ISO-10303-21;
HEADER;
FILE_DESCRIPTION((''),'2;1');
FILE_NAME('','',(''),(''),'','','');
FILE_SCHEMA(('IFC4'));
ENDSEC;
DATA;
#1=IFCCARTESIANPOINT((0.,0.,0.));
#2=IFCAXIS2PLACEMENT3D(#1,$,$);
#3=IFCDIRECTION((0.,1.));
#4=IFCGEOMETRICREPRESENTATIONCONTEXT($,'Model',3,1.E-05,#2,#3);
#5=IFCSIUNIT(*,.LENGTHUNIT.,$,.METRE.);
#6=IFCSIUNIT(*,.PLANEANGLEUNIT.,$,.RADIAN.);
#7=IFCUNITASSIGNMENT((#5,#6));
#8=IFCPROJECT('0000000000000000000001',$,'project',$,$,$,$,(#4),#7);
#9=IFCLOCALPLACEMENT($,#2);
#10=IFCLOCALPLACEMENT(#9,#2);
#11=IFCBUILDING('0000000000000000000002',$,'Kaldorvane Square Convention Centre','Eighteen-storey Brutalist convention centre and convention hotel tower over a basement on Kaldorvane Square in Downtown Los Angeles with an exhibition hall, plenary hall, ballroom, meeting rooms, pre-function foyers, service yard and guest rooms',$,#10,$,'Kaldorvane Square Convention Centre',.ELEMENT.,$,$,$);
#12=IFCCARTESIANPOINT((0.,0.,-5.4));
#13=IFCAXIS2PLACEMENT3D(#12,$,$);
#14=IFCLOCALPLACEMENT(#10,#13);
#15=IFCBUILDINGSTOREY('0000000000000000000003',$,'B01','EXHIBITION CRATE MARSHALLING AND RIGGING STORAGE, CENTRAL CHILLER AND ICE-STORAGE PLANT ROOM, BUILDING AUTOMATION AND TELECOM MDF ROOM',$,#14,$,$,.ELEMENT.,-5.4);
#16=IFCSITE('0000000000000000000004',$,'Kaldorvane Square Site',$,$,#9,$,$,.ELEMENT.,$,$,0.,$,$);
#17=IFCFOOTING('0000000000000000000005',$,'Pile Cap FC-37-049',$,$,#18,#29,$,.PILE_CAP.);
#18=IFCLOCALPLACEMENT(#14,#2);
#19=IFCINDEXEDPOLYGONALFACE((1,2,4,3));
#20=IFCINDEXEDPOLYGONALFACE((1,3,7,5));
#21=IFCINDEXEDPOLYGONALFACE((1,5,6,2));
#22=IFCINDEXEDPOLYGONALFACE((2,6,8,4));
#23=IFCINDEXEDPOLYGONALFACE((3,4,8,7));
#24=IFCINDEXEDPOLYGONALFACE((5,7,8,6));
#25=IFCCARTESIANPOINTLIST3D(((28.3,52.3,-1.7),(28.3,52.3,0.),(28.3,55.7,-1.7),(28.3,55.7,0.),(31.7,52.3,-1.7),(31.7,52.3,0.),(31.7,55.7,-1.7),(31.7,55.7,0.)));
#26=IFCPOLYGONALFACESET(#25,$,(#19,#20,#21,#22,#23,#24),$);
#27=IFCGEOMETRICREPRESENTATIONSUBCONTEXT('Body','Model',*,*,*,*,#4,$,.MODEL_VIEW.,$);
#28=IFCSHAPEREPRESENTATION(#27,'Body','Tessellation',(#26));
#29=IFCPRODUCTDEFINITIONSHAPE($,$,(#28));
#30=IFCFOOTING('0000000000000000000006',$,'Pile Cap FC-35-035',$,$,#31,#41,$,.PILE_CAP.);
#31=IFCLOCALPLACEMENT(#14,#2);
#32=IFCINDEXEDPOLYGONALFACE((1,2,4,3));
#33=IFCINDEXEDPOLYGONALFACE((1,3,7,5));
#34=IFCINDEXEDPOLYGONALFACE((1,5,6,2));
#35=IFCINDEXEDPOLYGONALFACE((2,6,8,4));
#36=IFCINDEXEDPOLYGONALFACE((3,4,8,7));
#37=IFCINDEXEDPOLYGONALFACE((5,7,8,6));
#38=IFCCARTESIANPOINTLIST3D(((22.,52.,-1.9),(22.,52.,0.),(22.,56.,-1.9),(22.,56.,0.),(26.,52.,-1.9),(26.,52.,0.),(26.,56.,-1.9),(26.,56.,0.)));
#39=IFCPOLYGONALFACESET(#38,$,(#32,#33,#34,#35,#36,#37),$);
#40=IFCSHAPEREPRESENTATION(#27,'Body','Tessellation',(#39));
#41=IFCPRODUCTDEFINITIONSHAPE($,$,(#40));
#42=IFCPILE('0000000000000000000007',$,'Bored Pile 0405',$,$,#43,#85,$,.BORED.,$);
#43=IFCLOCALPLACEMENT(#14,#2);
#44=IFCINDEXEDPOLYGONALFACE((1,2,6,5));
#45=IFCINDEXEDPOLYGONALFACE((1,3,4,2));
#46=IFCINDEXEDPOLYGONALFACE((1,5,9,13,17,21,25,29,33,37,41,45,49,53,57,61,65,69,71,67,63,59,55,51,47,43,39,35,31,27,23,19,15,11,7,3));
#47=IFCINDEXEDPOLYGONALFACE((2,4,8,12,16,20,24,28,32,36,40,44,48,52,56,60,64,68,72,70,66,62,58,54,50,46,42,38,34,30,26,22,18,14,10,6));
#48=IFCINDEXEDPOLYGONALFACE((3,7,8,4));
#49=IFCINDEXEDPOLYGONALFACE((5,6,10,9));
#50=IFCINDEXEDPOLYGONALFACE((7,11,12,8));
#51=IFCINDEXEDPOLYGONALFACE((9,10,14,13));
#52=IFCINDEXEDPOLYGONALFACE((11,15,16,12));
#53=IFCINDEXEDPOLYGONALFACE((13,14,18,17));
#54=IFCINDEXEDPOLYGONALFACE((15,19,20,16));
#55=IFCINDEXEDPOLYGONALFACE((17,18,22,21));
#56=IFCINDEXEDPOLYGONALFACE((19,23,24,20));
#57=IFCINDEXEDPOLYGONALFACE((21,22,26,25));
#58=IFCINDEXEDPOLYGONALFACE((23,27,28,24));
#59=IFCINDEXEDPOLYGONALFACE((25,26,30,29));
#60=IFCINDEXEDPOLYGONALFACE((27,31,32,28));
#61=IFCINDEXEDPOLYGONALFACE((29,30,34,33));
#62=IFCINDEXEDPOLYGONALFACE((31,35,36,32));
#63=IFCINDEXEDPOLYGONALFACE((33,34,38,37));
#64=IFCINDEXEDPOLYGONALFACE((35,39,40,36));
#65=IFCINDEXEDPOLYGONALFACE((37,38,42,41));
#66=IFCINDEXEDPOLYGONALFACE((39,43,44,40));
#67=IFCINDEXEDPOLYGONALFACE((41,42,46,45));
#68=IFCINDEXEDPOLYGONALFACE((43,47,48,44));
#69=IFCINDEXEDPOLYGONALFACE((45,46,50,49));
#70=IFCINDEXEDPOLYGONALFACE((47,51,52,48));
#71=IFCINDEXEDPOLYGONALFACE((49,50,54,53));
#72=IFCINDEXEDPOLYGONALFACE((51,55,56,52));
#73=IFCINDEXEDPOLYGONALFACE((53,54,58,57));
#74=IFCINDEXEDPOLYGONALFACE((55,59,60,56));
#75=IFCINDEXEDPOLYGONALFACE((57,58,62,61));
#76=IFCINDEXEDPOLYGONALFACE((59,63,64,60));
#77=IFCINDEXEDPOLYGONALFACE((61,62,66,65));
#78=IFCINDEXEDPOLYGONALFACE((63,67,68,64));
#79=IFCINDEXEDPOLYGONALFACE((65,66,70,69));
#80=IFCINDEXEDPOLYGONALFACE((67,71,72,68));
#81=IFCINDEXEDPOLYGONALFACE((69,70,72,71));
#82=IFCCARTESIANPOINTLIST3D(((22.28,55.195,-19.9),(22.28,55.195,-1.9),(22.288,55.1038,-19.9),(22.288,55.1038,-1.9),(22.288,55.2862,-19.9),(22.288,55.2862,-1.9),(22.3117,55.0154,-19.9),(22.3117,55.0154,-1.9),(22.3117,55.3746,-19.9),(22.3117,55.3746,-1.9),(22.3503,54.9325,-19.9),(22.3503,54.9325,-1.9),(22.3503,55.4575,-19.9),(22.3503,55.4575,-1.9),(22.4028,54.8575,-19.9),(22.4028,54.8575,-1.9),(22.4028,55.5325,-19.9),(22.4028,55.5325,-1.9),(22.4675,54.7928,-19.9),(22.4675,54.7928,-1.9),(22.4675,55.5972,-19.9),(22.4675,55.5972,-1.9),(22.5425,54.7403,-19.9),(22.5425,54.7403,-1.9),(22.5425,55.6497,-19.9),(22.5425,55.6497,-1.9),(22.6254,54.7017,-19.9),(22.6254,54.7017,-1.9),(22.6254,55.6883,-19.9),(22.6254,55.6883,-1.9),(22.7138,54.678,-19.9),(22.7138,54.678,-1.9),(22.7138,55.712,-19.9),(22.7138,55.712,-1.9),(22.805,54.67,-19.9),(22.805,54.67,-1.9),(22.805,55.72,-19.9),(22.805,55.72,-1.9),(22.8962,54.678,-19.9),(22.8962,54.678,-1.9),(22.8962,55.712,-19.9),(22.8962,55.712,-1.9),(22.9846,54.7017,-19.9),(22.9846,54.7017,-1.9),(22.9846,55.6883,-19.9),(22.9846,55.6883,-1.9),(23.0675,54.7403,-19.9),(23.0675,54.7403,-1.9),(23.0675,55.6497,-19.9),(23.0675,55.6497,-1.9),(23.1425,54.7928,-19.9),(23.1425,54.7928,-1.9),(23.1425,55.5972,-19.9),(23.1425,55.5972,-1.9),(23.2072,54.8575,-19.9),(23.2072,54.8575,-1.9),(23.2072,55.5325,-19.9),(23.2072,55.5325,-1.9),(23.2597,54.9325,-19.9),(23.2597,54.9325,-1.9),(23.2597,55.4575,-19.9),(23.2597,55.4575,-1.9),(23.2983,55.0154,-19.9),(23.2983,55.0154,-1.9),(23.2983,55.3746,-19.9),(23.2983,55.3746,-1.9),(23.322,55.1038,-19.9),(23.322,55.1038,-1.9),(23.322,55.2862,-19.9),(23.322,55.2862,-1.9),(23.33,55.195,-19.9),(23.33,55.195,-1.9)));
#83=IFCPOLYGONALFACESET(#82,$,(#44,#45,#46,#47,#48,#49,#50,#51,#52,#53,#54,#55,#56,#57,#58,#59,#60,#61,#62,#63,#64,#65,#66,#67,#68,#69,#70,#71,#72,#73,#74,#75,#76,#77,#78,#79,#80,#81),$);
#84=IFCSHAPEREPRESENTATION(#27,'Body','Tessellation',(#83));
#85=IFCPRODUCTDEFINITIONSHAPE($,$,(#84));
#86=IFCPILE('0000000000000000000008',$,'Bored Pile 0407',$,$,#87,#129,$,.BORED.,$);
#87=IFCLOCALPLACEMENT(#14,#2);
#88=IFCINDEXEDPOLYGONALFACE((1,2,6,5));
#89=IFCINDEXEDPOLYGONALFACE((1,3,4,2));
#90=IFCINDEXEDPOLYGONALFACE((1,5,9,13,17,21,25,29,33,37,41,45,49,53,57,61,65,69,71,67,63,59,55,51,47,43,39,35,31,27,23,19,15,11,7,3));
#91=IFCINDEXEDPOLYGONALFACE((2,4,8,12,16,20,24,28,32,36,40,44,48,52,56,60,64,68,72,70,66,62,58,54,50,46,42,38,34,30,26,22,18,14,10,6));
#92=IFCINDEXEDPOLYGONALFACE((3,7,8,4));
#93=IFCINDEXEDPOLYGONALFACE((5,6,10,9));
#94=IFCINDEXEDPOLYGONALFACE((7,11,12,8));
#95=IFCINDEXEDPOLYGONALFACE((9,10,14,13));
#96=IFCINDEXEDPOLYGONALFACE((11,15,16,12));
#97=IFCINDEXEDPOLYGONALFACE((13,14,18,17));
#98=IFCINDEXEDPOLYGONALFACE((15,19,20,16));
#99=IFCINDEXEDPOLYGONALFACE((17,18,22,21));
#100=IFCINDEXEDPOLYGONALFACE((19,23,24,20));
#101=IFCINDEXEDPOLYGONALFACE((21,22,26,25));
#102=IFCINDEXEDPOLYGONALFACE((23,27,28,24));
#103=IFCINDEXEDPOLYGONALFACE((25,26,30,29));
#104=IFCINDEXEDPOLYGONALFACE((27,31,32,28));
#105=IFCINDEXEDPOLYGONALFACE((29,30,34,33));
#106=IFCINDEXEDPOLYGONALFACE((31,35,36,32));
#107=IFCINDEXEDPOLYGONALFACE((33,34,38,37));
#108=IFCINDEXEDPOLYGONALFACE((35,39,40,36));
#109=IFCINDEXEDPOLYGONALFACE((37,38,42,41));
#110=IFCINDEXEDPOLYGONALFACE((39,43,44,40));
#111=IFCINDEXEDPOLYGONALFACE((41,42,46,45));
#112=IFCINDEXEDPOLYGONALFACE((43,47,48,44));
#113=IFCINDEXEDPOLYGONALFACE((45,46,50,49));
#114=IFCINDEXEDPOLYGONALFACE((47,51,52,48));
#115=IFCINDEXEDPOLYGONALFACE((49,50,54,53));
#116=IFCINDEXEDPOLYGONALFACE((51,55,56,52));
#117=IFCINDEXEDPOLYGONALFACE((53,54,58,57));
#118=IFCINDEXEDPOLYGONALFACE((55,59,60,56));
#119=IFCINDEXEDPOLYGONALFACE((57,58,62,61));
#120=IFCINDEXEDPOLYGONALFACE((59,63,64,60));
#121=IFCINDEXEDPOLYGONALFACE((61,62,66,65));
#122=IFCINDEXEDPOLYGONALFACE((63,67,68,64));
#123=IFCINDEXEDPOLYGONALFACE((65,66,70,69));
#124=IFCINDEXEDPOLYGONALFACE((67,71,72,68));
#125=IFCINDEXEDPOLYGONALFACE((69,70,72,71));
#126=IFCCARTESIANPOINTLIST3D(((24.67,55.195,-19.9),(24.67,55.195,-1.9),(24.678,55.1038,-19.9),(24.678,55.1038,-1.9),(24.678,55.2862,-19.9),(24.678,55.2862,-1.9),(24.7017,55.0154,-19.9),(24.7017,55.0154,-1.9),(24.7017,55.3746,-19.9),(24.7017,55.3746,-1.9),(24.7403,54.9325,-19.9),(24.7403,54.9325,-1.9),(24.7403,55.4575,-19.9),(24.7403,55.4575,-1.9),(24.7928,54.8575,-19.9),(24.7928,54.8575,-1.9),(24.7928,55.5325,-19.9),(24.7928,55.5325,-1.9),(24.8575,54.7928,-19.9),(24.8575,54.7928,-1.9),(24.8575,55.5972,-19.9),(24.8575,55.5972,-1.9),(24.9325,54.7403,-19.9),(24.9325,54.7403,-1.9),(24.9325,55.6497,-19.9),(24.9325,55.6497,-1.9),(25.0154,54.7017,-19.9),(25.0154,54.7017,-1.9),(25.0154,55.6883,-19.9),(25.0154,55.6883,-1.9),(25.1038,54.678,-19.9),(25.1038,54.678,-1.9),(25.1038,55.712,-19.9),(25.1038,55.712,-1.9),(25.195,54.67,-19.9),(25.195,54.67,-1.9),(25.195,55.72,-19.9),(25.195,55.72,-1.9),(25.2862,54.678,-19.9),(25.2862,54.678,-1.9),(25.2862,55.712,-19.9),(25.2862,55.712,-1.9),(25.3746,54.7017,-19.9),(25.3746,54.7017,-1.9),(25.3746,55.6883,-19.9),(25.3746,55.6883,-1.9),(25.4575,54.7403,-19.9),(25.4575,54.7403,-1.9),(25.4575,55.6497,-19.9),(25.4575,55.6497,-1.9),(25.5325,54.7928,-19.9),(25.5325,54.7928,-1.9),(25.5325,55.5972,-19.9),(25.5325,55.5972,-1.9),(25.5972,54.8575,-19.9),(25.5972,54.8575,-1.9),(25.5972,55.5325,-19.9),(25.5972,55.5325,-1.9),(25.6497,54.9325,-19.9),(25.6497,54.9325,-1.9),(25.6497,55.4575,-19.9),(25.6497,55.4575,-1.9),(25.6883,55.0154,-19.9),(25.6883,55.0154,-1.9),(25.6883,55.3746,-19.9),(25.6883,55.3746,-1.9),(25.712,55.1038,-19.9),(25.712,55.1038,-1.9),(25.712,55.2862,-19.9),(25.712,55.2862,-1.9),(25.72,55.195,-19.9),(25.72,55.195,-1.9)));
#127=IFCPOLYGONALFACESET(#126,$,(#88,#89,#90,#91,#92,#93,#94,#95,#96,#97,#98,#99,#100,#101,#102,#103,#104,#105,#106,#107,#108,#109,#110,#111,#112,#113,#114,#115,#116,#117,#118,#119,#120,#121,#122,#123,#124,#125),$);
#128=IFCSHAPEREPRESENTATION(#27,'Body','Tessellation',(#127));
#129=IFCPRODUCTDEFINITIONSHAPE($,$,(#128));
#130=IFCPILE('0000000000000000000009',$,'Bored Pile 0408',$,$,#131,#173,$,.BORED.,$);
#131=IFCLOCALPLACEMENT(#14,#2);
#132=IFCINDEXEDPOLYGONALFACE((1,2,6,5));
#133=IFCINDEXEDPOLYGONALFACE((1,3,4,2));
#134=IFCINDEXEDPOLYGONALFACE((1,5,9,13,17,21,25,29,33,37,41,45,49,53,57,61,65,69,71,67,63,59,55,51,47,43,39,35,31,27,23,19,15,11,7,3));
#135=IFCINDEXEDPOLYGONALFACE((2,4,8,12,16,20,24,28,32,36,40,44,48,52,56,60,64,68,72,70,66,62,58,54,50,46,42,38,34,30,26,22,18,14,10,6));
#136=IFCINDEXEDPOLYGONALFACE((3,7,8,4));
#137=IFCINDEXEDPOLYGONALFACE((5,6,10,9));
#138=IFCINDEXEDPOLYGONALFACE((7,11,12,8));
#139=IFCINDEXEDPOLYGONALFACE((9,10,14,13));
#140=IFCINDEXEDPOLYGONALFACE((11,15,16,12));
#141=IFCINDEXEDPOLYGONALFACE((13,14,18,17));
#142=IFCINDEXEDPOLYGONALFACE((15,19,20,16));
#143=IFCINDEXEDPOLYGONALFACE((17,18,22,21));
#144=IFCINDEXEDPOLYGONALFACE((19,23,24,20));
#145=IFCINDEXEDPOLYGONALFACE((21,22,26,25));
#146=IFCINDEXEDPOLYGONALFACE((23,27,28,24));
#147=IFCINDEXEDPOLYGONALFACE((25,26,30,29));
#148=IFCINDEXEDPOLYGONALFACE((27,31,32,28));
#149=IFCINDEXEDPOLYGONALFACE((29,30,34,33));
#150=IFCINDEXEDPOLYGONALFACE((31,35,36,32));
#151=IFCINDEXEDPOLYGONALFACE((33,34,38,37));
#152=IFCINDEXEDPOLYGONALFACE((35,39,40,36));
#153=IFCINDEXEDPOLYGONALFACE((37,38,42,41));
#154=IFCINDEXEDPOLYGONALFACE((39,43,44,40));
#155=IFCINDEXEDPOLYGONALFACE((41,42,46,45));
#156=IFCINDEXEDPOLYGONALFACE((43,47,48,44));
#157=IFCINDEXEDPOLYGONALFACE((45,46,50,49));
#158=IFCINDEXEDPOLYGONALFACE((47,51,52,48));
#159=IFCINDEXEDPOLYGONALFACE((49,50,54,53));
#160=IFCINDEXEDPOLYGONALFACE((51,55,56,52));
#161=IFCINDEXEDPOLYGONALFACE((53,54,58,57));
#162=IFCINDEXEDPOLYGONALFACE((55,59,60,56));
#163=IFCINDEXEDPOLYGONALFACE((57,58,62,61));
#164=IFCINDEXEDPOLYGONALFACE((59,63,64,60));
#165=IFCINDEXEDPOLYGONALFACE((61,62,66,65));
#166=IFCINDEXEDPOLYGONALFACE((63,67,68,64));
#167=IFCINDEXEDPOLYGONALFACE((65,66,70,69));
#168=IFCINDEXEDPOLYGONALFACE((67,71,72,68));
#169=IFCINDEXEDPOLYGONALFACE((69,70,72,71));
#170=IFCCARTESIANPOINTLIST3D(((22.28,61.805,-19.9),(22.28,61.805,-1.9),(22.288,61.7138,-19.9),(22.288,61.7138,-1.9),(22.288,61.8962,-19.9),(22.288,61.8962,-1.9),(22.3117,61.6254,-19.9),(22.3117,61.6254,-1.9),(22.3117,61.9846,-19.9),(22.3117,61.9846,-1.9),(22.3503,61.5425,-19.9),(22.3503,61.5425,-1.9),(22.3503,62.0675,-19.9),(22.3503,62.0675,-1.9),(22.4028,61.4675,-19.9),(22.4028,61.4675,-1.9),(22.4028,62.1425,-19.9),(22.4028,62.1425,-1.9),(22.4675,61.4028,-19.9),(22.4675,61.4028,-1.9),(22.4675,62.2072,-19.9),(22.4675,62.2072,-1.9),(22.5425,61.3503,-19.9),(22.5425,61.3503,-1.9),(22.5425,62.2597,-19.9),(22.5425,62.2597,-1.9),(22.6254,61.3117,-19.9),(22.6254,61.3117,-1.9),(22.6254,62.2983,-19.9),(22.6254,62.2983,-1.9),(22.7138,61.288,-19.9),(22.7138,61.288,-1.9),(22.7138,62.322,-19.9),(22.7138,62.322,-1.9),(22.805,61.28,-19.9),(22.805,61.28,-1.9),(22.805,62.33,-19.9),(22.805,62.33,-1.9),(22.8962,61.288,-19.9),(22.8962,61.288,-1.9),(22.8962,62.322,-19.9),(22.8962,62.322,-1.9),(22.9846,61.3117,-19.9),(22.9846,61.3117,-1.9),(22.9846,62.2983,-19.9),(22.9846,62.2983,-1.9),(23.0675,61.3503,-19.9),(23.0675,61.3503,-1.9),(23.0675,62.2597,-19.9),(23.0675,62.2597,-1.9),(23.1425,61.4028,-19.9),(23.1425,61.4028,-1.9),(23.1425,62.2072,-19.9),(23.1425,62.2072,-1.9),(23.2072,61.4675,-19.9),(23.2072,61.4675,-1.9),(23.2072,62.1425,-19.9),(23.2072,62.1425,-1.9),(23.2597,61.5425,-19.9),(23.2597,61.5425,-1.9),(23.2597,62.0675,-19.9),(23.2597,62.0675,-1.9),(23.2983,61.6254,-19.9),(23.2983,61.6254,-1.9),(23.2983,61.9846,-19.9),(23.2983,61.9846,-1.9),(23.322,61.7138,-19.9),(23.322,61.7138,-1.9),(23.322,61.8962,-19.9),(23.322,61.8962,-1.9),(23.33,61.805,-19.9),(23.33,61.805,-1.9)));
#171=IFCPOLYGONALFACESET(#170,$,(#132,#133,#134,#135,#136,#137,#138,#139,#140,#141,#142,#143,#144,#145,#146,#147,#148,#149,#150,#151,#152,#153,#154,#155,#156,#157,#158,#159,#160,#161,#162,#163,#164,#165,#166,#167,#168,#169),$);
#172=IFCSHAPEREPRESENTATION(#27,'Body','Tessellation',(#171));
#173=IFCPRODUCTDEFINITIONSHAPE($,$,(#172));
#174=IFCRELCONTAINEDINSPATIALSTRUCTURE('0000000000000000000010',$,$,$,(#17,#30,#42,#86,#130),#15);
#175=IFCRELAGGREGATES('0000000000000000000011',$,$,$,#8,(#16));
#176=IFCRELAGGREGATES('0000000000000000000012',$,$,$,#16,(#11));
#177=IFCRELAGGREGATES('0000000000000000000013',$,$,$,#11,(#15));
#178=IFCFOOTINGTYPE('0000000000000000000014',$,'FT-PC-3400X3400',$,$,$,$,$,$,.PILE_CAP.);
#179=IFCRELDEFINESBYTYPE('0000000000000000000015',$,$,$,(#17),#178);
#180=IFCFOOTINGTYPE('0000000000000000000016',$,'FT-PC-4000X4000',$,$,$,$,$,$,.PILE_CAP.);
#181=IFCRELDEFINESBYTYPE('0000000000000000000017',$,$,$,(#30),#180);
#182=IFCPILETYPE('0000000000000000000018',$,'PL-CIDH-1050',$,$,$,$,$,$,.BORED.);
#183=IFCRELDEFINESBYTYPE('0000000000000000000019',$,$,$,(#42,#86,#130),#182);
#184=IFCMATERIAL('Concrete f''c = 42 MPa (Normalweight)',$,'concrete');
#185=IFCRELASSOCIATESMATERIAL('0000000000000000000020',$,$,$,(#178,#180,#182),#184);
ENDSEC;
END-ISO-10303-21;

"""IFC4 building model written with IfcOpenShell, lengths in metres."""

from ifc_helpers import new_model, si_unit, direction, frame, origin, origin_2d, place, context, subcontext, project, spatial, rectangle, circle, extrude, material, material_profile, profile_set, type_object, element, save


model = new_model("IFC4")

# Units and contexts
model_context = context("Model", 3, precision=1e-05, world=origin(), true_north=direction((0.0, 1.0)))
body_context = subcontext(model_context, "Body", "Model", "MODEL_VIEW")
ifc_project = project(units=[si_unit("LENGTHUNIT", "METRE"), si_unit("PLANEANGLEUNIT", "RADIAN")], contexts=[model_context])

# Site, building, storey
site_placement = place(None, origin())
site = spatial("IfcSite", under=ifc_project, at=site_placement, Name="Kaldorvane Square Site", CompositionType="ELEMENT", RefElevation=0.0)
building_placement = place(site_placement, origin())
building = spatial("IfcBuilding", under=site, at=building_placement, Name="Kaldorvane Square Convention Centre", Description="Eighteen-storey Brutalist convention centre and convention hotel tower over a basement on Kaldorvane Square in Downtown Los Angeles with an exhibition hall, plenary hall, ballroom, meeting rooms, pre-function foyers, service yard and guest rooms", LongName="Kaldorvane Square Convention Centre", CompositionType="ELEMENT")
storey_placement = place(building_placement, frame((0.0, 0.0, -5.4)))
storey = spatial("IfcBuildingStorey", under=building, at=storey_placement, Name="B01", Description="EXHIBITION CRATE MARSHALLING AND RIGGING STORAGE, CENTRAL CHILLER AND ICE-STORAGE PLANT ROOM, BUILDING AUTOMATION AND TELECOM MDF ROOM", CompositionType="ELEMENT", Elevation=-5.4)

# Footings
ifc_material_1 = material(Name="Concrete f'c = 42 MPa (Normalweight)", Category="concrete")
footing_type_1 = type_object("IfcFootingType", Name="FT-PC-3400X3400", PredefinedType="PILE_CAP", material=ifc_material_1)
footing_1_placement = place(storey_placement, frame((30.0, 54.0, -1.7), z_axis=(0.0, 0.0, 1.0), x_axis=(1.0, 0.0, 0.0)))
element("IfcFooting", 1, at=footing_1_placement, inside=storey, type_object=footing_type_1, Name="Pile Cap FC-37-049", PredefinedType="PILE_CAP", context=body_context, shape_type="SweptSolid", body=[
    extrude(rectangle(XDim=3.4, YDim=3.4, at=origin_2d()), origin(), (0.0, 0.0, 1.0), 1.7),
])
footing_type_2 = type_object("IfcFootingType", Name="FT-PC-4000X4000", PredefinedType="PILE_CAP", material=ifc_material_1)
footing_2_placement = place(storey_placement, frame((24.0, 54.0, -1.9), z_axis=(0.0, 0.0, 1.0), x_axis=(1.0, 0.0, 0.0)))
element("IfcFooting", 2, at=footing_2_placement, inside=storey, type_object=footing_type_2, Name="Pile Cap FC-35-035", PredefinedType="PILE_CAP", context=body_context, shape_type="SweptSolid", body=[
    extrude(rectangle(XDim=4.0, YDim=4.0, at=origin_2d()), origin(), (0.0, 0.0, 1.0), 1.9),
])

# Piles
ifc_material_profile_1 = material_profile(ifc_material_1, circle(Radius=0.525, at=origin_2d()), Name="PILE-D1050")
ifc_profile_set_1 = profile_set([ifc_material_profile_1], Name="Concrete f'c = 42 MPa (Normalweight)")
pile_type_1 = type_object("IfcPileType", Name="PL-CIDH-1050", PredefinedType="BORED", material=ifc_profile_set_1)
for number, where, z_axis, x_axis, name in (
    (3, (22.805, 55.195, -1.9), (0.0, 0.0, -1.0), (1.0, 0.0, 0.0), "Bored Pile 0405"),
    (4, (25.195, 55.195, -1.9), (0.0, 0.0, -1.0), (1.0, 0.0, 0.0), "Bored Pile 0407"),
    (5, (22.805, 61.805, -1.9), (0.0, 0.0, -1.0), (1.0, 0.0, 0.0), "Bored Pile 0408"),
):
    element("IfcPile", number, at=place(storey_placement, frame(where, z_axis=z_axis, x_axis=x_axis)), inside=storey, type_object=pile_type_1, Name=name, PredefinedType="BORED", context=body_context, shape_type="SweptSolid", body=[
        extrude(circle(Radius=0.525, at=origin_2d()), origin(), (0.0, 0.0, 1.0), 18.0),
    ])

save(model, "model.ifc")
